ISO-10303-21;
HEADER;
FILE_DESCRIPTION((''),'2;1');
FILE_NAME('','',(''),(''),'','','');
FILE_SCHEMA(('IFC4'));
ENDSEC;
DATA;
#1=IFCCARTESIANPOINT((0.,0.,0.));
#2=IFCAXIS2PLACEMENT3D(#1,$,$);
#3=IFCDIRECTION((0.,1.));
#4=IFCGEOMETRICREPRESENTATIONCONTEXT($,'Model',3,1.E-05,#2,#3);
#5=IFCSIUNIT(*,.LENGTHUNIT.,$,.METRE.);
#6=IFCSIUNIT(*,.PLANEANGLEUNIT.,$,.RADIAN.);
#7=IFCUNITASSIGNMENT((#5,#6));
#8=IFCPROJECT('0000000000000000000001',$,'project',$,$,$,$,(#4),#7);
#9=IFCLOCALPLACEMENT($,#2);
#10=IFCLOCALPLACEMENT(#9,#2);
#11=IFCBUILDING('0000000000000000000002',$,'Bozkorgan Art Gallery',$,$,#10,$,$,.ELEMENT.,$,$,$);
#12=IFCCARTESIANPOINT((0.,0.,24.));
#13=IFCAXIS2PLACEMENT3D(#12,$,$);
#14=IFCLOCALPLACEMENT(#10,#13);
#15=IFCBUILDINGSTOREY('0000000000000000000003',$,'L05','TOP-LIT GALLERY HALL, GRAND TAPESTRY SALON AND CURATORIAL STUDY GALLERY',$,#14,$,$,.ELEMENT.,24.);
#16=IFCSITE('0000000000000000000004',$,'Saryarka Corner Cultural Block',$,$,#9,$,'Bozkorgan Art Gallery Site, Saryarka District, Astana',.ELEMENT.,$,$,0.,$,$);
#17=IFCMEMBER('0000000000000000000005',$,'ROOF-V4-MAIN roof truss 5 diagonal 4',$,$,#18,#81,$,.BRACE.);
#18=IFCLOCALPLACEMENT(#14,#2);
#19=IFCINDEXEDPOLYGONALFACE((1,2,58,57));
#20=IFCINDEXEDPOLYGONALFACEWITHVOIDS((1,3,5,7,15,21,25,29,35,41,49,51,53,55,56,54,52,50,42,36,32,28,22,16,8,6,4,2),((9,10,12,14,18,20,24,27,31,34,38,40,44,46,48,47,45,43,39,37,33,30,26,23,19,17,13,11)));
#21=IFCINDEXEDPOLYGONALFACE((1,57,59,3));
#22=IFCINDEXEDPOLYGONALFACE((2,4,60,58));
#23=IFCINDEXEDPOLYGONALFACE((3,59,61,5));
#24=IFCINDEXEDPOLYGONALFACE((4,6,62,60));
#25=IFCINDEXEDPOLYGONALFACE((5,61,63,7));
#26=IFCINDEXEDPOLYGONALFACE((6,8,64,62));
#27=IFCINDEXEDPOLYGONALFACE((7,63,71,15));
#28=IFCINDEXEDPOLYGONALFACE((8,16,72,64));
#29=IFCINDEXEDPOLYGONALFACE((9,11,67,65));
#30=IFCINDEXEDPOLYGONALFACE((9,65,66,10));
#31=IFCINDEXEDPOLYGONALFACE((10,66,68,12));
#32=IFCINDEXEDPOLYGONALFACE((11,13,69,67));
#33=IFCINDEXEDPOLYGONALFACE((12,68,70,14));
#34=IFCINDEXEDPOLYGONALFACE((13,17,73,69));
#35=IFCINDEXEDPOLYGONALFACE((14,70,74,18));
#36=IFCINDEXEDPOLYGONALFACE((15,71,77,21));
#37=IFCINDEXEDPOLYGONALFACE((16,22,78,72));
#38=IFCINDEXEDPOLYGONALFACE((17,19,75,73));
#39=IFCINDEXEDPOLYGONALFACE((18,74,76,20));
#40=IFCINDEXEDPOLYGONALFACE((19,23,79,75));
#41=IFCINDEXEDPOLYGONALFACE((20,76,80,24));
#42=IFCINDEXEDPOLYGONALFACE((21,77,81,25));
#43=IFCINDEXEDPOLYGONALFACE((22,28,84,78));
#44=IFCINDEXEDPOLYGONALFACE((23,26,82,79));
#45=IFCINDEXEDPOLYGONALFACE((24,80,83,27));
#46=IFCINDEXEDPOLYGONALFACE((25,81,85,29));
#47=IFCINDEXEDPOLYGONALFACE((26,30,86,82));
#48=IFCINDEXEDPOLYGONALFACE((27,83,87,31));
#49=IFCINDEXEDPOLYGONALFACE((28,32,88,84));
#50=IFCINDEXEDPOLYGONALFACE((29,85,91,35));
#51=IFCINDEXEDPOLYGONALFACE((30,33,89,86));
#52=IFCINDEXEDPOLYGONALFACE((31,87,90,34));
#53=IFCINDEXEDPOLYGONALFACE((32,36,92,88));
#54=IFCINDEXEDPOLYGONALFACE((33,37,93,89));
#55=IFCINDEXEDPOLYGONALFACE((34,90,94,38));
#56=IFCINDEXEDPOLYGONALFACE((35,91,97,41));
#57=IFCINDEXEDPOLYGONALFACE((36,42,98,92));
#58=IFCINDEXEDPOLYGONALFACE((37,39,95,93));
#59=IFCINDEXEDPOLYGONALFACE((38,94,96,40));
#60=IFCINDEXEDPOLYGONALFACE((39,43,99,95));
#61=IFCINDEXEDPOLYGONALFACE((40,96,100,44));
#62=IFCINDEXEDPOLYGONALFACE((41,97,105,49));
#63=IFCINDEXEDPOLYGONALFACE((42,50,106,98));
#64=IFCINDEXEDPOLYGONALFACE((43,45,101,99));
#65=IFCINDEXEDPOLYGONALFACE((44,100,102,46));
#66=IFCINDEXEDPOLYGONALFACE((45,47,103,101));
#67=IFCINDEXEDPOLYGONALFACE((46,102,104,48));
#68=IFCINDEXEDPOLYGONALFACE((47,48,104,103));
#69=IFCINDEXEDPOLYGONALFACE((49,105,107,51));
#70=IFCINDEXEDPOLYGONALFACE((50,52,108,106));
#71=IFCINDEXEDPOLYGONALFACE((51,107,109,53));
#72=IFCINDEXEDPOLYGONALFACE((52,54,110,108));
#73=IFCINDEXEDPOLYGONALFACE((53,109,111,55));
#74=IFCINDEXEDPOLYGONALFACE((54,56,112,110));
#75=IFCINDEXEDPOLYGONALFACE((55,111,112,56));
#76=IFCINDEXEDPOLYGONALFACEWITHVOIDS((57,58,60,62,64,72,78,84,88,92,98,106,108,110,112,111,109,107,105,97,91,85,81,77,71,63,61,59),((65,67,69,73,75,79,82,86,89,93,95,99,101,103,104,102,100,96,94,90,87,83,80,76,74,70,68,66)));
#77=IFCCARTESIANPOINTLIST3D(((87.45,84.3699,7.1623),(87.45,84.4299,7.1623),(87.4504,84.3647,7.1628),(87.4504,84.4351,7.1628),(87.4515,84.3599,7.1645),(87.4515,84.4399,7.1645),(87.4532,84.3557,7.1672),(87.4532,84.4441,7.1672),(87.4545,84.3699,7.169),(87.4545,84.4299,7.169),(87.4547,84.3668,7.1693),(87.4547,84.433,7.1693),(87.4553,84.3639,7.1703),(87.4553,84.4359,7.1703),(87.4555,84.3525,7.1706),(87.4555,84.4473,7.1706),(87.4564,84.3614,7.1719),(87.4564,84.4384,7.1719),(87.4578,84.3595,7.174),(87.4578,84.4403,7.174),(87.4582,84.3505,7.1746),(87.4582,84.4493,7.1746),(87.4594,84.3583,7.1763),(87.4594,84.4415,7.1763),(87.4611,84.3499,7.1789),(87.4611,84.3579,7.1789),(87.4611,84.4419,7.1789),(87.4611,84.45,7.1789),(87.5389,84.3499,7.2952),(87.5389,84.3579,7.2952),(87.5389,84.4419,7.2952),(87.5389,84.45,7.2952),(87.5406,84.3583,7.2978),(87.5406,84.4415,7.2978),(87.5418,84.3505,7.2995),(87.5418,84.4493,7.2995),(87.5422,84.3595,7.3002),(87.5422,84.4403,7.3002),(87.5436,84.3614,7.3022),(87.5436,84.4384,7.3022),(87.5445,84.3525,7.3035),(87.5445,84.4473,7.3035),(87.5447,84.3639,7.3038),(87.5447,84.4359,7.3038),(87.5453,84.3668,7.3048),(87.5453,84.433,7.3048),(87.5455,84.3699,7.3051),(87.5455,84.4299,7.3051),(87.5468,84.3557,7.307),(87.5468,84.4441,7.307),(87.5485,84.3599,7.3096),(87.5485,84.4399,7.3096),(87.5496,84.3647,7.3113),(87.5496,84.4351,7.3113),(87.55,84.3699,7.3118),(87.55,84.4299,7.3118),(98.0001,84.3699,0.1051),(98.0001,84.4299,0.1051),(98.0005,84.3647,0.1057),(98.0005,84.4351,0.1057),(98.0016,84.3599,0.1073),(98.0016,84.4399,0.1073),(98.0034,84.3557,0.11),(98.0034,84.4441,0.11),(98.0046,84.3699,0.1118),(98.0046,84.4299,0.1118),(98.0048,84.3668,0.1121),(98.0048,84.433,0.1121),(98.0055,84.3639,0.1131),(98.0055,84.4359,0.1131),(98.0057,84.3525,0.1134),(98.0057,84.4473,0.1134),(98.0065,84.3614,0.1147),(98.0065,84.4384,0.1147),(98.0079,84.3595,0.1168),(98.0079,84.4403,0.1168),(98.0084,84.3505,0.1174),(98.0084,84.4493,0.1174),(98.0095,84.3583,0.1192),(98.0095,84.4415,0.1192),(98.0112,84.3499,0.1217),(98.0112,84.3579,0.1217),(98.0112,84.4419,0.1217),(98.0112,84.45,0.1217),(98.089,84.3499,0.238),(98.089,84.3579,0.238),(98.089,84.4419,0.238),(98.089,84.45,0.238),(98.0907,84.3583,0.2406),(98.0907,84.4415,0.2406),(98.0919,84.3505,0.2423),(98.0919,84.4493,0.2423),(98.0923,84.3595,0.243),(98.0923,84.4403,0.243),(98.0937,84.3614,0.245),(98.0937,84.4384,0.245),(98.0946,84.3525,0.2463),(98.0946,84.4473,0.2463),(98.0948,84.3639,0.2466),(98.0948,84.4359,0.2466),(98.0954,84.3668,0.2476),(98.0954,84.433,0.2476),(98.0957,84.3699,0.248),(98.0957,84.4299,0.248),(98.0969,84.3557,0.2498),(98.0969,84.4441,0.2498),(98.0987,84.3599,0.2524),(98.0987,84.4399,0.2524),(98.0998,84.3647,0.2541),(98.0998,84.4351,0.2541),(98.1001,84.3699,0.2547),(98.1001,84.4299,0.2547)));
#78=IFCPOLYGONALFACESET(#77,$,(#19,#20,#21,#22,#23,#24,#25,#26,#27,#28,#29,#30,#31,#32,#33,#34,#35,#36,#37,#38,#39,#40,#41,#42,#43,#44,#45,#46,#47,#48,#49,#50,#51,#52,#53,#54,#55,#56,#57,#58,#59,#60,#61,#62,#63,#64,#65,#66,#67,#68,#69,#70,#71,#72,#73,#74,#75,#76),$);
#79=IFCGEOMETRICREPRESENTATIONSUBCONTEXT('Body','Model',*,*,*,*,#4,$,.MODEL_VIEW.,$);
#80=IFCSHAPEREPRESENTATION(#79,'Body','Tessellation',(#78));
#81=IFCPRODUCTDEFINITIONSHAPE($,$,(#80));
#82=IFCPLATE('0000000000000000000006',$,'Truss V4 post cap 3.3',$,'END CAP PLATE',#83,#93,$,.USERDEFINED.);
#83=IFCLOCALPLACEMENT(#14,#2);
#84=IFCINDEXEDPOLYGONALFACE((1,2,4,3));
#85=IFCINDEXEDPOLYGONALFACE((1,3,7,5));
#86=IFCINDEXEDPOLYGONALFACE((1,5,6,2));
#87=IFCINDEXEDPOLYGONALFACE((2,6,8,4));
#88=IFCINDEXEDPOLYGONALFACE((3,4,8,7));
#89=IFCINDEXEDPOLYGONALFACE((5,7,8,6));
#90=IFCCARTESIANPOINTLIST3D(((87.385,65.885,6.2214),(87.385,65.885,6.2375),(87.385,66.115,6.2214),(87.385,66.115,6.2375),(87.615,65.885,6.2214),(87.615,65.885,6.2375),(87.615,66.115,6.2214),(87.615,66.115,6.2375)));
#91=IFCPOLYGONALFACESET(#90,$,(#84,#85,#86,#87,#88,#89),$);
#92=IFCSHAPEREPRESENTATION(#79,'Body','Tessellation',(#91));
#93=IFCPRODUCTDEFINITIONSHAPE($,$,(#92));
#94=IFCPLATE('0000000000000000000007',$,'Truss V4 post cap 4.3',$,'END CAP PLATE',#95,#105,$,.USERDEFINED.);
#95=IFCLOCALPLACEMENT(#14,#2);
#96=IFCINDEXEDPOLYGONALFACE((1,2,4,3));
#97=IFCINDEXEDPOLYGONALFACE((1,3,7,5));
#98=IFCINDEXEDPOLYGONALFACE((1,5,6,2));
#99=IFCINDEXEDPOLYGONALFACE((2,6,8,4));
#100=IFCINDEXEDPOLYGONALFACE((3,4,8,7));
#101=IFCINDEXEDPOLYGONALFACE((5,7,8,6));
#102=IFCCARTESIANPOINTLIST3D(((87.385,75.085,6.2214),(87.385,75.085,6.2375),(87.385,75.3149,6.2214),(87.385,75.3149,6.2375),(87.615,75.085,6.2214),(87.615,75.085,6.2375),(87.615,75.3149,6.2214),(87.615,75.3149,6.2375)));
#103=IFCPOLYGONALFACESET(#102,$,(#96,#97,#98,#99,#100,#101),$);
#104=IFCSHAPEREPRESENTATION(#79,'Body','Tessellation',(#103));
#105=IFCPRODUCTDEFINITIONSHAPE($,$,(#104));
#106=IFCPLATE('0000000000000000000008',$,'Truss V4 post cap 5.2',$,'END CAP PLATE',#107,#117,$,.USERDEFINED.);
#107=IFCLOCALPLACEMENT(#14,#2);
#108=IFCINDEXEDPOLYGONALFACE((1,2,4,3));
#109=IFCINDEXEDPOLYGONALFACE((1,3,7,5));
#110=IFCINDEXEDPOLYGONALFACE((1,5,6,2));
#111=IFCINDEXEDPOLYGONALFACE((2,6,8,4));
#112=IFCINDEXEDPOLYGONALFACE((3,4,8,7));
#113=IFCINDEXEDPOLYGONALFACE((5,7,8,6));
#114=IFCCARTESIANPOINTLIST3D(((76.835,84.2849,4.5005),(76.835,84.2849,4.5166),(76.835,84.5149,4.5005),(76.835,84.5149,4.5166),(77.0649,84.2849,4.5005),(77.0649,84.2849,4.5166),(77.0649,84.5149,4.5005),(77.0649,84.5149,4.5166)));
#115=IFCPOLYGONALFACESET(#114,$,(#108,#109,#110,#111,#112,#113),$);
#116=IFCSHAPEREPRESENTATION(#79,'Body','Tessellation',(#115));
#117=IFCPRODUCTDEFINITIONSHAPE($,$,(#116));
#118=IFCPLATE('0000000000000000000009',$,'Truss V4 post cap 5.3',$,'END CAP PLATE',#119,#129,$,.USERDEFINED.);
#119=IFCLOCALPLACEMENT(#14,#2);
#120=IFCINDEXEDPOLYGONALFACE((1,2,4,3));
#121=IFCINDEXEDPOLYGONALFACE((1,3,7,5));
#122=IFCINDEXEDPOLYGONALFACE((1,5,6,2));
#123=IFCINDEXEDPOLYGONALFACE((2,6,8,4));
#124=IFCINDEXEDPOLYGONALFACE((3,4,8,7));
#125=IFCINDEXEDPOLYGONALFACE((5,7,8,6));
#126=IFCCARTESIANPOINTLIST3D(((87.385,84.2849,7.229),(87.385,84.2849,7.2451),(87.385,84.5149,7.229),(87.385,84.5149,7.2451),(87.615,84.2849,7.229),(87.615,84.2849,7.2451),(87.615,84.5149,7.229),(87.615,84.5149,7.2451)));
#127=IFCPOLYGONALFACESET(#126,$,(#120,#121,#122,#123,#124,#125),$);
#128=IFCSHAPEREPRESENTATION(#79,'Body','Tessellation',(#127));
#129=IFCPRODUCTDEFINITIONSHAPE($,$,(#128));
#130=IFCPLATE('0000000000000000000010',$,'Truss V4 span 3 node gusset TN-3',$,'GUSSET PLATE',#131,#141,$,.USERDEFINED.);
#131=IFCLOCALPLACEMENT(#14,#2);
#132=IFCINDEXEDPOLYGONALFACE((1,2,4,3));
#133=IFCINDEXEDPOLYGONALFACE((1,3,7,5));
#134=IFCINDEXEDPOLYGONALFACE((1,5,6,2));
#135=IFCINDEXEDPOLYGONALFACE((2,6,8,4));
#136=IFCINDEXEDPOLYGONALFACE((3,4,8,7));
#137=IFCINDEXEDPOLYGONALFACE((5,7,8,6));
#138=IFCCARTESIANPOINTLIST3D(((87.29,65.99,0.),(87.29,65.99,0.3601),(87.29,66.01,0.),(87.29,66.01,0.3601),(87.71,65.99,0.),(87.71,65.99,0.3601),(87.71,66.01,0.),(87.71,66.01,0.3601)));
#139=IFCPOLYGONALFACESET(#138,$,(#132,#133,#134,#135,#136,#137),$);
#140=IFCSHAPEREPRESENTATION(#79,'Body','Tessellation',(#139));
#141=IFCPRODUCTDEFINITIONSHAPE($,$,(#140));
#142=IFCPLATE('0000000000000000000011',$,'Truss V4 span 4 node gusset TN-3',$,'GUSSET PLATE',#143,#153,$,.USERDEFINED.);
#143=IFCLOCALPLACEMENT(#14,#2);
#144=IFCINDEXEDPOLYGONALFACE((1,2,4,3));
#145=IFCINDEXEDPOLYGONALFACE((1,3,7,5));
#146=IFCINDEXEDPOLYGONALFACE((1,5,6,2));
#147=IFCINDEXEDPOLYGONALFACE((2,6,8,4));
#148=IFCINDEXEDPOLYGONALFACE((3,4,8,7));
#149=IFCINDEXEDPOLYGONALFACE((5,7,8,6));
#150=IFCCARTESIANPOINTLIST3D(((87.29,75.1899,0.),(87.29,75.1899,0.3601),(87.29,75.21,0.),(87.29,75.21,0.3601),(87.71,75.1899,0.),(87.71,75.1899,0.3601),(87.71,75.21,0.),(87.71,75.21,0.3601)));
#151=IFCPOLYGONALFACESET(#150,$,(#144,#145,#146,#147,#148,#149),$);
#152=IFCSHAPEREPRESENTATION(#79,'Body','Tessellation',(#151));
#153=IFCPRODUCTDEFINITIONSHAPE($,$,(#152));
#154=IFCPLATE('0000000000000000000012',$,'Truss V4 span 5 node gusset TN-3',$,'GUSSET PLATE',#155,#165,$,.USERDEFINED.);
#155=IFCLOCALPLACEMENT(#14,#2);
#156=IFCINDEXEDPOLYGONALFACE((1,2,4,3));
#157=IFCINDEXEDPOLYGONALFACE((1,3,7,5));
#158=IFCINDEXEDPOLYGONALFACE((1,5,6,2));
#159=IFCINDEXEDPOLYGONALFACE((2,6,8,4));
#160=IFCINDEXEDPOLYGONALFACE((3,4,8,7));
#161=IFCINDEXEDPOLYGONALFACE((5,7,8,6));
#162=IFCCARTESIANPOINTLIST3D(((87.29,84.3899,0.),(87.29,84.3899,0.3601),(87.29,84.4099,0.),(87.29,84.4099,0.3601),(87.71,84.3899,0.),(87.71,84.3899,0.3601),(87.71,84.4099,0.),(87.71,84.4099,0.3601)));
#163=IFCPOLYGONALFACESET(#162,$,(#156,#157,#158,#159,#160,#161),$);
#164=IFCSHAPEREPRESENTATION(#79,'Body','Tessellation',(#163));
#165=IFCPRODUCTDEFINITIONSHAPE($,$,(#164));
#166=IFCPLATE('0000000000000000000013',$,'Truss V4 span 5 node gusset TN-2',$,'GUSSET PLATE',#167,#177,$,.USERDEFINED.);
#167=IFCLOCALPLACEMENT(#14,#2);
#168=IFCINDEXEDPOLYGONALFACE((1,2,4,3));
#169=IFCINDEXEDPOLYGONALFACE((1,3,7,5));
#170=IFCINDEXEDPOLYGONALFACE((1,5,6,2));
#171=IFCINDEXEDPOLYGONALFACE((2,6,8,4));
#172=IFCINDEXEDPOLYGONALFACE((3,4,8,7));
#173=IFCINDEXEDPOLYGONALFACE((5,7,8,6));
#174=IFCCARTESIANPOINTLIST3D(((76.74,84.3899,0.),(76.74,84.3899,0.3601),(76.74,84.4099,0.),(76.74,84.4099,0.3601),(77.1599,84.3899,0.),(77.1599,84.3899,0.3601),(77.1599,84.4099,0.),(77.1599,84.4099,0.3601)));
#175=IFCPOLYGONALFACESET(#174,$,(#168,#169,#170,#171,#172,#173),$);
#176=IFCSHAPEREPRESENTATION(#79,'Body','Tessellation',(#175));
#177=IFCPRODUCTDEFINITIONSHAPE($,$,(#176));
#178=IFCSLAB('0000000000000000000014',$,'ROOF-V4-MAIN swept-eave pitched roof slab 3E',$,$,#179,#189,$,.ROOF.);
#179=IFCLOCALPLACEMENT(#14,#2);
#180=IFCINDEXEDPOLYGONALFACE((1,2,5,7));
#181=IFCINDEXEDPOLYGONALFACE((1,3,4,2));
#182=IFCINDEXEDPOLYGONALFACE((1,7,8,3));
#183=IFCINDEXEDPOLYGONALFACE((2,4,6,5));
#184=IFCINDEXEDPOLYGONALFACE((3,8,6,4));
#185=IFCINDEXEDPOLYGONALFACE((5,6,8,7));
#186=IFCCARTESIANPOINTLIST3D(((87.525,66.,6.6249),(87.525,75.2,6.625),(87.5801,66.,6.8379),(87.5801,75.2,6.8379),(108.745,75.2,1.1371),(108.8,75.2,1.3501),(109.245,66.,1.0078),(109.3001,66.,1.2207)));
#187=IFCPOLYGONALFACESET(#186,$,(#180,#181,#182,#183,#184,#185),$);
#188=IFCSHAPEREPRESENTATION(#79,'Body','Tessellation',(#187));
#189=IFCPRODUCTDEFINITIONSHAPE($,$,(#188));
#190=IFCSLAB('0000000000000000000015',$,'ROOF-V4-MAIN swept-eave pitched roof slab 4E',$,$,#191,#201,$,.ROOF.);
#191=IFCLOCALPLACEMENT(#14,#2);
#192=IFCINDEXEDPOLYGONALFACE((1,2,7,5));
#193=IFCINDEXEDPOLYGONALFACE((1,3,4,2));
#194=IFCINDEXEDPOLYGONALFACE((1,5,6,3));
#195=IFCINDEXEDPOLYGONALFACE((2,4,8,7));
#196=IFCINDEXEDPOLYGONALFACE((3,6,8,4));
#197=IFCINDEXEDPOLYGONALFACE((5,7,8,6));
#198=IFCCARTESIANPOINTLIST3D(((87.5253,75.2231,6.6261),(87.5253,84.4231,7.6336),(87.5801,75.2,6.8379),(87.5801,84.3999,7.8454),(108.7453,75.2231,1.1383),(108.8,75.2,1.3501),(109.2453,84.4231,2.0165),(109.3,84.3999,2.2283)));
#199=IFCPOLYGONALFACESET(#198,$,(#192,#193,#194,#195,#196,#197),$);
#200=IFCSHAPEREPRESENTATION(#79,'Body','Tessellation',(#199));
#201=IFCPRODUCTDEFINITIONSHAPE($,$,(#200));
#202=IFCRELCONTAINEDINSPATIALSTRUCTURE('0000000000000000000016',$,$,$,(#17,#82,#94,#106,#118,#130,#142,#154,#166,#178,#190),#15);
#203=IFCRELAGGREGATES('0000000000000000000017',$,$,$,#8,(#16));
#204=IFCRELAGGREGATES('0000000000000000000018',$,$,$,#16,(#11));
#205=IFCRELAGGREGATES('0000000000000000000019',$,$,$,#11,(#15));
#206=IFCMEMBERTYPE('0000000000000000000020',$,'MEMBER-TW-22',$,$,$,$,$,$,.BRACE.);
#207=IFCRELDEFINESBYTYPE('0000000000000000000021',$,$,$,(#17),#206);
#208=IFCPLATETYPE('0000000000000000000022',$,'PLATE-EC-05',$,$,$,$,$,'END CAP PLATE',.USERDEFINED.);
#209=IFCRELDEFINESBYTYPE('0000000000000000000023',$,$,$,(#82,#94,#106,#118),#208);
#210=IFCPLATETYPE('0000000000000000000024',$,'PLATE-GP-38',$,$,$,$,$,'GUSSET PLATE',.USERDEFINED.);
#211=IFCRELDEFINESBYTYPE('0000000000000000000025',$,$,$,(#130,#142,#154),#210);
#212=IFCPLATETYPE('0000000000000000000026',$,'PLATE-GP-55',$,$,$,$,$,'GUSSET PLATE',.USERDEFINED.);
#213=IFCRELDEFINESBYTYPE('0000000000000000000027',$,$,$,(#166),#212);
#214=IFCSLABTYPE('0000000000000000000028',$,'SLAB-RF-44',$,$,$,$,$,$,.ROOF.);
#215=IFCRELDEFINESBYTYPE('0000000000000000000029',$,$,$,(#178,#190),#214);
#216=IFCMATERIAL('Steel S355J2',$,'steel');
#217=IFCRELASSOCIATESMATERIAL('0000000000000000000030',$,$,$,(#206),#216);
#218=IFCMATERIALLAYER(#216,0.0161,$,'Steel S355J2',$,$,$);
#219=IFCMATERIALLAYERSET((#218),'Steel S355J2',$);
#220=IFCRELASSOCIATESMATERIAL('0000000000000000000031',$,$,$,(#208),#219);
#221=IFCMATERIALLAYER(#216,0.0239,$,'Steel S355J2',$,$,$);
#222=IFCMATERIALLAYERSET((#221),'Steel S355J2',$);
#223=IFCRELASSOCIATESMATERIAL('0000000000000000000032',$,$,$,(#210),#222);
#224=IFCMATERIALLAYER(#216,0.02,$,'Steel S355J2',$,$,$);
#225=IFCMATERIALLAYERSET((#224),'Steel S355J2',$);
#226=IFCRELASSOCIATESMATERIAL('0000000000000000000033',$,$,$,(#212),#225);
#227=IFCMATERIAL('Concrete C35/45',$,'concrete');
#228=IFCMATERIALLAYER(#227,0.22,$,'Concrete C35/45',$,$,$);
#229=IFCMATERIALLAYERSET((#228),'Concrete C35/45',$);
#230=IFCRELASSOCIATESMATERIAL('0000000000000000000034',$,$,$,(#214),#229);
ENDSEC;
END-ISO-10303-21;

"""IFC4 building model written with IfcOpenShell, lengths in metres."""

from ifc_helpers import new_model, si_unit, direction, frame, origin, origin_2d, place, context, subcontext, project, spatial, polyline, rectangle, hollow_rectangle, outline, extrude, material, layer, layer_set, material_profile, profile_set, type_object, element, save


model = new_model("IFC4")

# Units and contexts
model_context = context("Model", 3, precision=1e-05, world=origin(), true_north=direction((0.0, 1.0)))
body_context = subcontext(model_context, "Body", "Model", "MODEL_VIEW")
ifc_project = project(units=[si_unit("LENGTHUNIT", "METRE"), si_unit("PLANEANGLEUNIT", "RADIAN")], contexts=[model_context])

# Site, building, storey
site_placement = place(None, origin())
site = spatial("IfcSite", under=ifc_project, at=site_placement, Name="Saryarka Corner Cultural Block", LongName="Bozkorgan Art Gallery Site, Saryarka District, Astana", CompositionType="ELEMENT", RefElevation=0.0)
building_placement = place(site_placement, origin())
building = spatial("IfcBuilding", under=site, at=building_placement, Name="Bozkorgan Art Gallery", CompositionType="ELEMENT")
storey_placement = place(building_placement, frame((0.0, 0.0, 24.0)))
storey = spatial("IfcBuildingStorey", under=building, at=storey_placement, Name="L05", Description="TOP-LIT GALLERY HALL, GRAND TAPESTRY SALON AND CURATORIAL STUDY GALLERY", CompositionType="ELEMENT", Elevation=24.0)

# Member
ifc_material_1 = material(Name="Steel S355J2", Category="steel")
ifc_material_profile_1 = material_profile(ifc_material_1, hollow_rectangle(XDim=0.1001, YDim=0.1799, WallThickness=0.0081, InnerFilletRadius=0.012, OuterFilletRadius=0.02, at=origin_2d()), Name="RHS 180x100x8")
ifc_profile_set_1 = profile_set([ifc_material_profile_1], Name="Steel S355J2")
member_type_1 = type_object("IfcMemberType", Name="MEMBER-TW-22", PredefinedType="BRACE", material=ifc_profile_set_1)
for number, where, z_axis, x_axis, name in (
    (1, (87.5, 84.3999, 7.2371), (0.831185, 0.0, -0.555996), (0.0, 1.0, 0.0), "ROOF-V4-MAIN roof truss 5 diagonal 4"),
):
    element("IfcMember", number, at=place(storey_placement, frame(where, z_axis=z_axis, x_axis=x_axis)), inside=storey, type_object=member_type_1, Name=name, PredefinedType="BRACE", context=body_context, shape_type="SweptSolid", body=[
        extrude(hollow_rectangle(XDim=0.1001, YDim=0.1799, WallThickness=0.0081, InnerFilletRadius=0.012, OuterFilletRadius=0.02, at=origin_2d()), origin(), (0.0, 0.0, 1.0), 12.6929),
    ])

# Plates
ifc_layer_1 = layer(ifc_material_1, 0.0161, Name="Steel S355J2")
ifc_layer_set_1 = layer_set([ifc_layer_1], Name="Steel S355J2")
plate_type_1 = type_object("IfcPlateType", Name="PLATE-EC-05", ElementType="END CAP PLATE", PredefinedType="USERDEFINED", material=ifc_layer_set_1)
for number, where, z_axis, x_axis, name in (
    (2, (87.5, 66.0, 6.2214), (0.0, 0.0, 1.0), (1.0, 0.0, 0.0), "Truss V4 post cap 3.3"),
    (3, (87.5, 75.2, 6.2214), (0.0, 0.0, 1.0), (1.0, 0.0, 0.0), "Truss V4 post cap 4.3"),
    (4, (76.95, 84.3999, 4.5005), (0.0, 0.0, 1.0), (1.0, 0.0, 0.0), "Truss V4 post cap 5.2"),
    (5, (87.5, 84.3999, 7.229), (0.0, 0.0, 1.0), (1.0, 0.0, 0.0), "Truss V4 post cap 5.3"),
):
    element("IfcPlate", number, at=place(storey_placement, frame(where, z_axis=z_axis, x_axis=x_axis)), inside=storey, type_object=plate_type_1, Name=name, ObjectType="END CAP PLATE", PredefinedType="USERDEFINED", context=body_context, shape_type="SweptSolid", body=[
        extrude(rectangle(XDim=0.23, YDim=0.23, at=origin_2d()), origin(), (0.0, 0.0, 1.0), 0.0161),
    ])
ifc_layer_2 = layer(ifc_material_1, 0.0239, Name="Steel S355J2")
ifc_layer_set_2 = layer_set([ifc_layer_2], Name="Steel S355J2")
plate_type_2 = type_object("IfcPlateType", Name="PLATE-GP-38", ElementType="GUSSET PLATE", PredefinedType="USERDEFINED", material=ifc_layer_set_2)
for number, where, z_axis, x_axis, name in (
    (6, (87.5, 66.0, 0.0), (0.0, 0.0, 1.0), (1.0, 0.0, 0.0), "Truss V4 span 3 node gusset TN-3"),
    (7, (87.5, 75.2, 0.0), (0.0, 0.0, 1.0), (1.0, 0.0, 0.0), "Truss V4 span 4 node gusset TN-3"),
    (8, (87.5, 84.3999, 0.0), (0.0, 0.0, 1.0), (1.0, 0.0, 0.0), "Truss V4 span 5 node gusset TN-3"),
):
    element("IfcPlate", number, at=place(storey_placement, frame(where, z_axis=z_axis, x_axis=x_axis)), inside=storey, type_object=plate_type_2, Name=name, ObjectType="GUSSET PLATE", PredefinedType="USERDEFINED", context=body_context, shape_type="SweptSolid", body=[
        extrude(rectangle(XDim=0.4199, YDim=0.02, at=origin_2d()), origin(), (0.0, 0.0, 1.0), 0.3601),
    ])
ifc_layer_3 = layer(ifc_material_1, 0.02, Name="Steel S355J2")
ifc_layer_set_3 = layer_set([ifc_layer_3], Name="Steel S355J2")
plate_type_3 = type_object("IfcPlateType", Name="PLATE-GP-55", ElementType="GUSSET PLATE", PredefinedType="USERDEFINED", material=ifc_layer_set_3)
plate_placement = place(storey_placement, frame((76.95, 84.3999, 0.0), z_axis=(0.0, 0.0, 1.0), x_axis=(1.0, 0.0, 0.0)))
element("IfcPlate", 9, at=plate_placement, inside=storey, type_object=plate_type_3, Name="Truss V4 span 5 node gusset TN-2", ObjectType="GUSSET PLATE", PredefinedType="USERDEFINED", context=body_context, shape_type="SweptSolid", body=[
    extrude(rectangle(XDim=0.4199, YDim=0.02, at=origin_2d()), origin(), (0.0, 0.0, 1.0), 0.3601),
])

# Slabs
ifc_material_2 = material(Name="Concrete C35/45", Category="concrete")
ifc_layer_4 = layer(ifc_material_2, 0.22, Name="Concrete C35/45")
ifc_layer_set_4 = layer_set([ifc_layer_4], Name="Concrete C35/45")
slab_type = type_object("IfcSlabType", Name="SLAB-RF-44", PredefinedType="ROOF", material=ifc_layer_set_4)
slab_1_placement = place(storey_placement, frame((87.5801, 66.0, 6.8379), z_axis=(0.250379, -0.000005, 0.968148), x_axis=(0.968148, 0.0, -0.250379)))
element("IfcSlab", 10, at=slab_1_placement, inside=storey, type_object=slab_type, Name="ROOF-V4-MAIN swept-eave pitched roof slab 3E", PredefinedType="ROOF", context=body_context, shape_type="SweptSolid", body=[
    extrude(outline(polyline([(0.0, 0.0), (22.4346, 0.0), (21.9181, 9.2), (0.0, 9.2), (0.0, 0.0)])), origin(), (0.0, 0.0, -1.0), 0.22),
])
slab_2_placement = place(storey_placement, frame((87.5801, 75.2, 6.8379), z_axis=(0.248984, -0.105435, 0.962752), x_axis=(0.968148, 0.0, -0.250379)))
element("IfcSlab", 11, at=slab_2_placement, inside=storey, type_object=slab_type, Name="ROOF-V4-MAIN swept-eave pitched roof slab 4E", PredefinedType="ROOF", context=body_context, shape_type="SweptSolid", body=[
    extrude(outline(polyline([(0.0, 0.0), (21.9181, 0.0), (22.1823, 9.2515), (-0.2523, 9.2515), (0.0, 0.0)])), origin(), (0.0, 0.0, -1.0), 0.22),
])

save(model, "model.ifc")
